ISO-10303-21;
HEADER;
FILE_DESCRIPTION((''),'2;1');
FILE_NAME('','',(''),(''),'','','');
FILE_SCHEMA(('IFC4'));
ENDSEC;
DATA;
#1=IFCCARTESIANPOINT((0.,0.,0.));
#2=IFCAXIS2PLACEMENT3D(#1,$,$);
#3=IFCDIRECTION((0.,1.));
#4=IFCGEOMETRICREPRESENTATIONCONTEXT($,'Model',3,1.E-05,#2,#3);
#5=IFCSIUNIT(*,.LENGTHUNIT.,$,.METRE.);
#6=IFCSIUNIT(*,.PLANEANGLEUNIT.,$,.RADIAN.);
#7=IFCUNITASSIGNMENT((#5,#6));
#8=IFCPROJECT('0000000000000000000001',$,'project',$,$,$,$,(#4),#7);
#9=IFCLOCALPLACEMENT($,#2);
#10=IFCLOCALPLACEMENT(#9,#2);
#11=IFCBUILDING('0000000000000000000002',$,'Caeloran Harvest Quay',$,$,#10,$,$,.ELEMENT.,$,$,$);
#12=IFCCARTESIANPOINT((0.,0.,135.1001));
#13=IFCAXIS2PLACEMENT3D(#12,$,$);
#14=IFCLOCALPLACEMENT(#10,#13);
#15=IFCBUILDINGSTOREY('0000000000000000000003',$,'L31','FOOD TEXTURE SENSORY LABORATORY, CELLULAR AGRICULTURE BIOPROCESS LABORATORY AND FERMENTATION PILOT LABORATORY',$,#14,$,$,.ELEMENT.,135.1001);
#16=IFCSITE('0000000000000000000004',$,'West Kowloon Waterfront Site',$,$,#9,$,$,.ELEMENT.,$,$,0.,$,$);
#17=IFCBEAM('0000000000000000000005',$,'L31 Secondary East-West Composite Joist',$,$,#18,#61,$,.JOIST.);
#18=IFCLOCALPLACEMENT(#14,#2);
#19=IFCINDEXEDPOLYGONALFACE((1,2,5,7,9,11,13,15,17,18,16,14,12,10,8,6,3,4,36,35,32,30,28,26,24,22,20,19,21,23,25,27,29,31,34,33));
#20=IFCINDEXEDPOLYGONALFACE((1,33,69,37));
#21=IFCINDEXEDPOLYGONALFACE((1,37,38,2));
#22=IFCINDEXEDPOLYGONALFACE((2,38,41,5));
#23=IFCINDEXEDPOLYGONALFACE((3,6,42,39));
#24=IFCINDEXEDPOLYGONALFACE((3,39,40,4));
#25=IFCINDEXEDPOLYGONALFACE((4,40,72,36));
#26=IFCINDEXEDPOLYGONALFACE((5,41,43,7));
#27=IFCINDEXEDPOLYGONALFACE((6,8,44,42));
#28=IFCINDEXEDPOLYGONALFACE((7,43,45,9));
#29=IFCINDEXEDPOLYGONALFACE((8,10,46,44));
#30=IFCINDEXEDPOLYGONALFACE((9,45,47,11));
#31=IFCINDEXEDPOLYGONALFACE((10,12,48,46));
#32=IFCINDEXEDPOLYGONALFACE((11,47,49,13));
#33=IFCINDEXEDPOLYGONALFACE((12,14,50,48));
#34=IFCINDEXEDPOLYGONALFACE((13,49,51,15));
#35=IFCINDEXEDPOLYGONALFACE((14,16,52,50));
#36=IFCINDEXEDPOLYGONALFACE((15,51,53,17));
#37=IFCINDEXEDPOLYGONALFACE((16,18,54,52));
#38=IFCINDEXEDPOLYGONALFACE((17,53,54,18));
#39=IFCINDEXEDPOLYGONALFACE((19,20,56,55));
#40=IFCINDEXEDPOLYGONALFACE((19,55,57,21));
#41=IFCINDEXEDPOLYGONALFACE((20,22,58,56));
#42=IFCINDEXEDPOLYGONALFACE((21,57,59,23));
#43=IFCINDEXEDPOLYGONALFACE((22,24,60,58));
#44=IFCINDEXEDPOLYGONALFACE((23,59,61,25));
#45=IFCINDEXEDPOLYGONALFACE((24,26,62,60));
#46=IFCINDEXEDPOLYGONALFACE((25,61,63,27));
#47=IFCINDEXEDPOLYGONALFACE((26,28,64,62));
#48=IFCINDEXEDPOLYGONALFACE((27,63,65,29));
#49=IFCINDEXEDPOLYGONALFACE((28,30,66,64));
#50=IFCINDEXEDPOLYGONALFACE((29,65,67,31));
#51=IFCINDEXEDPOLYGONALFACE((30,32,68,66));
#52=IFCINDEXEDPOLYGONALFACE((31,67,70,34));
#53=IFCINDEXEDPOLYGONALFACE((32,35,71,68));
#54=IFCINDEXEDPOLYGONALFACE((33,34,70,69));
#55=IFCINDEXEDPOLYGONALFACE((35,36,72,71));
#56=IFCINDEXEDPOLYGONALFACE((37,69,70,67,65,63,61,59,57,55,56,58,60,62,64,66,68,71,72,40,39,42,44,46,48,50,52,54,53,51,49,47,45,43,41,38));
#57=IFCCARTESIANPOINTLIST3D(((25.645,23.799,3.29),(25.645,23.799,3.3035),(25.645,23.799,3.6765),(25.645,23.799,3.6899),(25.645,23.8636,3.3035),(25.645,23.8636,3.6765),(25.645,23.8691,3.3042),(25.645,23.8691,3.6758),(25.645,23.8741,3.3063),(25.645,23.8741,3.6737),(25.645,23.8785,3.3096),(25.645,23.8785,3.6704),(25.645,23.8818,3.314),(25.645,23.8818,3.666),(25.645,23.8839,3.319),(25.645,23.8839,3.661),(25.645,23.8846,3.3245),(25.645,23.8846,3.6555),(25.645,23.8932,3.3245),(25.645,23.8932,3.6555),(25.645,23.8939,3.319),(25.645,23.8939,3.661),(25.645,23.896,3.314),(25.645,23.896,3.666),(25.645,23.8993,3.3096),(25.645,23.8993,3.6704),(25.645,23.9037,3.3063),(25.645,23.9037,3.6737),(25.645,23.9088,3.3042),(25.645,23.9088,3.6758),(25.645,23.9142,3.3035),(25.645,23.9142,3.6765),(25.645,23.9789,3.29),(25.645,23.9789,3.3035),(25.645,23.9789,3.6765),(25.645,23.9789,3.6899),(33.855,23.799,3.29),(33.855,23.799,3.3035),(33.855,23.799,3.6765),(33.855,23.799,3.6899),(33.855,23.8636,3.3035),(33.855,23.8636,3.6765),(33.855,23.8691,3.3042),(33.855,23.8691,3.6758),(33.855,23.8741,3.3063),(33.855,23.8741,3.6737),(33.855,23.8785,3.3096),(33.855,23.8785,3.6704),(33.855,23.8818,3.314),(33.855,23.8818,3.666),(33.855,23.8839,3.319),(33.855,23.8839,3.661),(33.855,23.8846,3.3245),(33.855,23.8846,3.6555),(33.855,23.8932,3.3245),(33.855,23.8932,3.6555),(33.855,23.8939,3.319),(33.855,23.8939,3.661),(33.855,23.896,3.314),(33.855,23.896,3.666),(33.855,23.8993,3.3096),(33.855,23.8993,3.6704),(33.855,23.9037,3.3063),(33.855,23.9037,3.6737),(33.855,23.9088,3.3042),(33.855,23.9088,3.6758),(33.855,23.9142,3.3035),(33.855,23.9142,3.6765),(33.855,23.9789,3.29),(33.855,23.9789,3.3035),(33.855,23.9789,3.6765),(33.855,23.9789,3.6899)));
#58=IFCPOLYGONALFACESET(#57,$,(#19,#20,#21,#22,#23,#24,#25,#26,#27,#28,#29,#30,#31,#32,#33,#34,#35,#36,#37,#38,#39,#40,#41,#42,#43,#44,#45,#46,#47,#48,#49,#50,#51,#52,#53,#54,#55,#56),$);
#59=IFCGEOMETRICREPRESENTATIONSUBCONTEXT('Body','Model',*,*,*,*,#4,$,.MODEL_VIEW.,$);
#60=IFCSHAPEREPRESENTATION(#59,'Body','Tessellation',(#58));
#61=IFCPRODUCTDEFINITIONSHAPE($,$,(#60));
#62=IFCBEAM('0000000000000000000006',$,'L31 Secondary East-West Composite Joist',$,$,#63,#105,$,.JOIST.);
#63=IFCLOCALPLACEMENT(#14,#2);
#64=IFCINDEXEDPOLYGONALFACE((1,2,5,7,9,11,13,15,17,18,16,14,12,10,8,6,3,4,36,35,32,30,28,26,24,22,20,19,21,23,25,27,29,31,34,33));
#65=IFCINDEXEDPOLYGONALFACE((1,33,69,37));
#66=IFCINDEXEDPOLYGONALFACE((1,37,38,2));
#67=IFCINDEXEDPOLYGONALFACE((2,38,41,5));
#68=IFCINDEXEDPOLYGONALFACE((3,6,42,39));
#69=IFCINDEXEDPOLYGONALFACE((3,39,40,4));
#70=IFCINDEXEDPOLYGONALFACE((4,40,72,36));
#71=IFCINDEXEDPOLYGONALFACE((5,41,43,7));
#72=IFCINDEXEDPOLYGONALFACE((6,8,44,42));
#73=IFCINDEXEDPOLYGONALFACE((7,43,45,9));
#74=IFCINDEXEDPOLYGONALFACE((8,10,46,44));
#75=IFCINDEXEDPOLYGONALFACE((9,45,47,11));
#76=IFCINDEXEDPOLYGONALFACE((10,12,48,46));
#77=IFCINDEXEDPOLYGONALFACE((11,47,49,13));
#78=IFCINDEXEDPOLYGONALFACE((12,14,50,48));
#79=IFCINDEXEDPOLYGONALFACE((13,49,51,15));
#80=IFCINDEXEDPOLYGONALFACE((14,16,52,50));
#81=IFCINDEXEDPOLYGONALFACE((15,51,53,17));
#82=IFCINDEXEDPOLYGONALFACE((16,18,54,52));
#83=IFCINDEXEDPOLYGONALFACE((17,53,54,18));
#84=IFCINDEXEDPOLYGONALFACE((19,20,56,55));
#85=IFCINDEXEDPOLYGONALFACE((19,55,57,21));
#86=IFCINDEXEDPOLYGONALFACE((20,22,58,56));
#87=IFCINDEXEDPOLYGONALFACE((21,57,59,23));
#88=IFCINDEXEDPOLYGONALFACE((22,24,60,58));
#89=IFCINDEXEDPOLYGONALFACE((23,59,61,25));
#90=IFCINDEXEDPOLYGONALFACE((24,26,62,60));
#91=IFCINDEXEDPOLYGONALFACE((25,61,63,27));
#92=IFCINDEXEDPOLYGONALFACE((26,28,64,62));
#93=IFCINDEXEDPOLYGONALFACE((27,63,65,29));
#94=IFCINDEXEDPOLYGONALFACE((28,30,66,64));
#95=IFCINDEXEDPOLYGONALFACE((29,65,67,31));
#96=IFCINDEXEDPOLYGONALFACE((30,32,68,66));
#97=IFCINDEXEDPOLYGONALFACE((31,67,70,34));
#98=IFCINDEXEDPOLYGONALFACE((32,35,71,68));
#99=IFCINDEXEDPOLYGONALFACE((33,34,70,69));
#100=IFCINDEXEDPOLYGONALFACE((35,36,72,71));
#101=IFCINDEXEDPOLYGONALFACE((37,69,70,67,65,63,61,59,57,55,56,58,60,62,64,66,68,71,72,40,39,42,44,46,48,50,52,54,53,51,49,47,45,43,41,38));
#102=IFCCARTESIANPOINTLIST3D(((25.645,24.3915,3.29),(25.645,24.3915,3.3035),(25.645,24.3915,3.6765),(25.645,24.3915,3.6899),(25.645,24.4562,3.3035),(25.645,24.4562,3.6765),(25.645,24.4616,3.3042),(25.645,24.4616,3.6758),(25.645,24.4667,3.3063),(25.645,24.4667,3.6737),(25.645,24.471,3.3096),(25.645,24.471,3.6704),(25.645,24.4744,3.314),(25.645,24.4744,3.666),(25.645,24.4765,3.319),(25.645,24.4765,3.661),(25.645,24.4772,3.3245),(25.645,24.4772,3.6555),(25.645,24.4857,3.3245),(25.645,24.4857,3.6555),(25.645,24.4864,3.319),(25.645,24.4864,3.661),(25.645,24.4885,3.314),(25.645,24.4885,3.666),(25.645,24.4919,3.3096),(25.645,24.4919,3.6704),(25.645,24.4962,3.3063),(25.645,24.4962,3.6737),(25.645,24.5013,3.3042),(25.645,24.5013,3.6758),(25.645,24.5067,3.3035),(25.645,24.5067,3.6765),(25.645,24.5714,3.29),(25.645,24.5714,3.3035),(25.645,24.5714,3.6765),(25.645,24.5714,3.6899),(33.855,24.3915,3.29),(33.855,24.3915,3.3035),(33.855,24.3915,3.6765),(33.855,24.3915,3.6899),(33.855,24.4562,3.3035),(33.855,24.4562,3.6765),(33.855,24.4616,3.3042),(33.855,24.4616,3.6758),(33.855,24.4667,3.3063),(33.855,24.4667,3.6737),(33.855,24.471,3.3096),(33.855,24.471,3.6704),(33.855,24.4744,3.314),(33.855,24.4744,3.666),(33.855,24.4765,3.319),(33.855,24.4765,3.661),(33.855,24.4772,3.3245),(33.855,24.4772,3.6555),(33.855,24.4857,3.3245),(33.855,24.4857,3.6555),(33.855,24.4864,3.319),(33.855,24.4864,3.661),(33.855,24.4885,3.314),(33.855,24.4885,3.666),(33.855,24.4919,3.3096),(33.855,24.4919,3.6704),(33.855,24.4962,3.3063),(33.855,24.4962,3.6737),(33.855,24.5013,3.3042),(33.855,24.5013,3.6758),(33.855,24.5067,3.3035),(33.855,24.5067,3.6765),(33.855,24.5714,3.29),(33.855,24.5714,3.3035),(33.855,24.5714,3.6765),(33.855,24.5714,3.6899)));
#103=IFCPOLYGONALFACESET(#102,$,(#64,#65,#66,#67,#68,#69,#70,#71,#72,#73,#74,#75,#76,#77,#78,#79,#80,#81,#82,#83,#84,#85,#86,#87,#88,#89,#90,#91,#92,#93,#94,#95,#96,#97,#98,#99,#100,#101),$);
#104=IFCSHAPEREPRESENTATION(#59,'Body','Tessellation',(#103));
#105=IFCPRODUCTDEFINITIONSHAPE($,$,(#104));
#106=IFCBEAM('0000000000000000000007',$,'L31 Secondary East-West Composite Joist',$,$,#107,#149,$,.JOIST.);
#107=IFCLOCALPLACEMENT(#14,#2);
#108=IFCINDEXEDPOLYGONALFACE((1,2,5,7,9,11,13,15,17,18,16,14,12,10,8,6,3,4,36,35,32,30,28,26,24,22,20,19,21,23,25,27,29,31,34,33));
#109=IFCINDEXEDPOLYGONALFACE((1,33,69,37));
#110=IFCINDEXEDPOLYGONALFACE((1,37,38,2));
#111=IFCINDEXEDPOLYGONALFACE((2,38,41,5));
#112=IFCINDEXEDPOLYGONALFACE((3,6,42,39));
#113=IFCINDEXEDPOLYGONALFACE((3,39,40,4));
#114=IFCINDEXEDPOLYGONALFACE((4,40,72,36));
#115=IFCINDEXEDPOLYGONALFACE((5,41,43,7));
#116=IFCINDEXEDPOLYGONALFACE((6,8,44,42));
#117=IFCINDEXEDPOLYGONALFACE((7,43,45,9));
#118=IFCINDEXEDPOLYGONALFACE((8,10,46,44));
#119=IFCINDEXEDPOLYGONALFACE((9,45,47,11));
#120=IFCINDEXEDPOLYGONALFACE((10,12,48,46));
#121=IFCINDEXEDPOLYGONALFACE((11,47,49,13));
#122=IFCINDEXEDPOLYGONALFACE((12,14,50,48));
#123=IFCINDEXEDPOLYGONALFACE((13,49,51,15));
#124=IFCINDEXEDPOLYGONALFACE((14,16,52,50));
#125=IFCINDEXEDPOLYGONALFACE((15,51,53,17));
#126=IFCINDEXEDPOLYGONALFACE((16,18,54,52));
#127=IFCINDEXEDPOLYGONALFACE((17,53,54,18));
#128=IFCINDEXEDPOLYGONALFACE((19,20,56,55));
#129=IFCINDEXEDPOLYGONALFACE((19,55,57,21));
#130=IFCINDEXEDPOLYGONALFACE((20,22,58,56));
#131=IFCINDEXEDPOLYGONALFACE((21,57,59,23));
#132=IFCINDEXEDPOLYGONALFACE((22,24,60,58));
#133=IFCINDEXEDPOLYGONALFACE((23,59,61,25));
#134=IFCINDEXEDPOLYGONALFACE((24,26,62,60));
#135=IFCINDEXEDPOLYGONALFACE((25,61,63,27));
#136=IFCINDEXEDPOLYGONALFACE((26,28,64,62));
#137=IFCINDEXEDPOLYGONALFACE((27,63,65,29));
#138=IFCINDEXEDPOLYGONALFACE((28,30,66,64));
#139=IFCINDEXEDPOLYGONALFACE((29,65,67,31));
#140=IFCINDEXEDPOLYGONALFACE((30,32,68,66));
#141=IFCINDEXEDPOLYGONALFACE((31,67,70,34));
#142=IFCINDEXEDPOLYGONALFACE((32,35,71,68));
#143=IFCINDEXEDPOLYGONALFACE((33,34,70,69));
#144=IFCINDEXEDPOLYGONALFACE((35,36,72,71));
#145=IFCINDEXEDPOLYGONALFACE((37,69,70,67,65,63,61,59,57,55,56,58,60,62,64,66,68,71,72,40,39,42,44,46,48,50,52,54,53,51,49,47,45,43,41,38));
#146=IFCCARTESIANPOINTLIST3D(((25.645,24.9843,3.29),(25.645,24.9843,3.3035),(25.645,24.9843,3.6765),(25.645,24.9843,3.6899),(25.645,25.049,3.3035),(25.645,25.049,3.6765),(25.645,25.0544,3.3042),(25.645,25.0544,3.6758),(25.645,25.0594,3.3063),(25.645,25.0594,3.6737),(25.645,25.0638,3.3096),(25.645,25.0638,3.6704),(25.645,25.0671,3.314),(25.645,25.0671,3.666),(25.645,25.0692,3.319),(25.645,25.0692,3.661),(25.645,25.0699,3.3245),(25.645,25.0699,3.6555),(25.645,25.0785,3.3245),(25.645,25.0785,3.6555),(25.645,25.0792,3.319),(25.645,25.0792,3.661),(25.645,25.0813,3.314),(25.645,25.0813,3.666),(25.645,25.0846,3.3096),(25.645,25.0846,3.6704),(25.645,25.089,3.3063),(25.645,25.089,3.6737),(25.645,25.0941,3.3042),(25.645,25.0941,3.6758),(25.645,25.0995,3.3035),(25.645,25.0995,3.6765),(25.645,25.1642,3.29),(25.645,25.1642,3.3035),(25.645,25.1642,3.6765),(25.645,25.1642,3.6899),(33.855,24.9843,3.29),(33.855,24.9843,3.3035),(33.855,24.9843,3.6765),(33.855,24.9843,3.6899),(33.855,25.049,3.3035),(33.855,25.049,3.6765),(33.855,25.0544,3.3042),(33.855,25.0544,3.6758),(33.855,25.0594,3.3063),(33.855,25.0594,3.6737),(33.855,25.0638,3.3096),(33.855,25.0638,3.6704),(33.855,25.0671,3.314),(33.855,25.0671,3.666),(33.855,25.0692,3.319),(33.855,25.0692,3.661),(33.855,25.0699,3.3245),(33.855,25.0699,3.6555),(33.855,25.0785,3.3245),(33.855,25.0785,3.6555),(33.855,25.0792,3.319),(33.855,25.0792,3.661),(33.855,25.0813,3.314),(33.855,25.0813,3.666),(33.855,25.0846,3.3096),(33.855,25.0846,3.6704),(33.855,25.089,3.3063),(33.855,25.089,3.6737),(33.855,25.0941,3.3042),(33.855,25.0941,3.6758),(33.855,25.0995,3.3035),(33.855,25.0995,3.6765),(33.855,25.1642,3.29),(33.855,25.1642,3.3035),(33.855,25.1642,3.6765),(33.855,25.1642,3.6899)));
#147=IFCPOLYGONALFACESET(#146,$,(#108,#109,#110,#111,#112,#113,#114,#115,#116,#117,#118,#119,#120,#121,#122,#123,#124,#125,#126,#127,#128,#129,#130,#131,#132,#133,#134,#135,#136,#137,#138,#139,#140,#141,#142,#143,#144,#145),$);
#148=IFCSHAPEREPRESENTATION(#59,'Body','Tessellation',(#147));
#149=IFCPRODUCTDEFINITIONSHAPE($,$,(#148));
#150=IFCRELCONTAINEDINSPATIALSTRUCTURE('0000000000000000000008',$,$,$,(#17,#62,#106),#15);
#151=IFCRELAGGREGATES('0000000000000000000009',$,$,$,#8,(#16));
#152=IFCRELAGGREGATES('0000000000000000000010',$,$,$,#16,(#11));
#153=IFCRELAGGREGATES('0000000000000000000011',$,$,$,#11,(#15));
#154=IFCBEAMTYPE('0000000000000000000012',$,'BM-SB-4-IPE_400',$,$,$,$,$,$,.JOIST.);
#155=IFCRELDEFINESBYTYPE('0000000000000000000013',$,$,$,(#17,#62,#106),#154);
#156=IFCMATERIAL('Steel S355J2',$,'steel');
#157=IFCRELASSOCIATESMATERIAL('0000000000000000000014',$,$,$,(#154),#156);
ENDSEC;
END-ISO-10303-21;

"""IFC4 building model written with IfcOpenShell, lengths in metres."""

from ifc_helpers import new_model, si_unit, direction, frame, origin, origin_2d, place, context, subcontext, project, spatial, i_section, extrude, material, material_profile, profile_set, type_object, element, save


model = new_model("IFC4")

# Units and contexts
model_context = context("Model", 3, precision=1e-05, world=origin(), true_north=direction((0.0, 1.0)))
body_context = subcontext(model_context, "Body", "Model", "MODEL_VIEW")
ifc_project = project(units=[si_unit("LENGTHUNIT", "METRE"), si_unit("PLANEANGLEUNIT", "RADIAN")], contexts=[model_context])

# Site, building, storey
site_placement = place(None, origin())
site = spatial("IfcSite", under=ifc_project, at=site_placement, Name="West Kowloon Waterfront Site", CompositionType="ELEMENT", RefElevation=0.0)
building_placement = place(site_placement, origin())
building = spatial("IfcBuilding", under=site, at=building_placement, Name="Caeloran Harvest Quay", CompositionType="ELEMENT")
storey_placement = place(building_placement, frame((0.0, 0.0, 135.1001)))
storey = spatial("IfcBuildingStorey", under=building, at=storey_placement, Name="L31", Description="FOOD TEXTURE SENSORY LABORATORY, CELLULAR AGRICULTURE BIOPROCESS LABORATORY AND FERMENTATION PILOT LABORATORY", CompositionType="ELEMENT", Elevation=135.1001)

# Beams
ifc_material_1 = material(Name="Steel S355J2", Category="steel")
ifc_material_profile_1 = material_profile(ifc_material_1, i_section(OverallWidth=0.1799, OverallDepth=0.3999, WebThickness=0.0085, FlangeThickness=0.0134, FilletRadius=0.021, at=origin_2d()), Name="IPE 400")
ifc_profile_set_1 = profile_set([ifc_material_profile_1], Name="Steel S355J2")
beam_type_1 = type_object("IfcBeamType", Name="BM-SB-4-IPE_400", PredefinedType="JOIST", material=ifc_profile_set_1)
for number, where, z_axis, x_axis, name in (
    (1, (25.645, 23.8889, 3.49), (1.0, 0.0, 0.0), (0.0, 1.0, 0.0), "L31 Secondary East-West Composite Joist"),
    (2, (25.645, 24.4814, 3.49), (1.0, 0.0, 0.0), (0.0, 1.0, 0.0), "L31 Secondary East-West Composite Joist"),
    (3, (25.645, 25.0742, 3.49), (1.0, 0.0, 0.0), (0.0, 1.0, 0.0), "L31 Secondary East-West Composite Joist"),
):
    element("IfcBeam", number, at=place(storey_placement, frame(where, z_axis=z_axis, x_axis=x_axis)), inside=storey, type_object=beam_type_1, Name=name, PredefinedType="JOIST", context=body_context, shape_type="SweptSolid", body=[
        extrude(i_section(OverallWidth=0.1799, OverallDepth=0.3999, WebThickness=0.0085, FlangeThickness=0.0134, FilletRadius=0.021, at=origin_2d()), origin(), (0.0, 0.0, 1.0), 8.21),
    ])

save(model, "model.ifc")
